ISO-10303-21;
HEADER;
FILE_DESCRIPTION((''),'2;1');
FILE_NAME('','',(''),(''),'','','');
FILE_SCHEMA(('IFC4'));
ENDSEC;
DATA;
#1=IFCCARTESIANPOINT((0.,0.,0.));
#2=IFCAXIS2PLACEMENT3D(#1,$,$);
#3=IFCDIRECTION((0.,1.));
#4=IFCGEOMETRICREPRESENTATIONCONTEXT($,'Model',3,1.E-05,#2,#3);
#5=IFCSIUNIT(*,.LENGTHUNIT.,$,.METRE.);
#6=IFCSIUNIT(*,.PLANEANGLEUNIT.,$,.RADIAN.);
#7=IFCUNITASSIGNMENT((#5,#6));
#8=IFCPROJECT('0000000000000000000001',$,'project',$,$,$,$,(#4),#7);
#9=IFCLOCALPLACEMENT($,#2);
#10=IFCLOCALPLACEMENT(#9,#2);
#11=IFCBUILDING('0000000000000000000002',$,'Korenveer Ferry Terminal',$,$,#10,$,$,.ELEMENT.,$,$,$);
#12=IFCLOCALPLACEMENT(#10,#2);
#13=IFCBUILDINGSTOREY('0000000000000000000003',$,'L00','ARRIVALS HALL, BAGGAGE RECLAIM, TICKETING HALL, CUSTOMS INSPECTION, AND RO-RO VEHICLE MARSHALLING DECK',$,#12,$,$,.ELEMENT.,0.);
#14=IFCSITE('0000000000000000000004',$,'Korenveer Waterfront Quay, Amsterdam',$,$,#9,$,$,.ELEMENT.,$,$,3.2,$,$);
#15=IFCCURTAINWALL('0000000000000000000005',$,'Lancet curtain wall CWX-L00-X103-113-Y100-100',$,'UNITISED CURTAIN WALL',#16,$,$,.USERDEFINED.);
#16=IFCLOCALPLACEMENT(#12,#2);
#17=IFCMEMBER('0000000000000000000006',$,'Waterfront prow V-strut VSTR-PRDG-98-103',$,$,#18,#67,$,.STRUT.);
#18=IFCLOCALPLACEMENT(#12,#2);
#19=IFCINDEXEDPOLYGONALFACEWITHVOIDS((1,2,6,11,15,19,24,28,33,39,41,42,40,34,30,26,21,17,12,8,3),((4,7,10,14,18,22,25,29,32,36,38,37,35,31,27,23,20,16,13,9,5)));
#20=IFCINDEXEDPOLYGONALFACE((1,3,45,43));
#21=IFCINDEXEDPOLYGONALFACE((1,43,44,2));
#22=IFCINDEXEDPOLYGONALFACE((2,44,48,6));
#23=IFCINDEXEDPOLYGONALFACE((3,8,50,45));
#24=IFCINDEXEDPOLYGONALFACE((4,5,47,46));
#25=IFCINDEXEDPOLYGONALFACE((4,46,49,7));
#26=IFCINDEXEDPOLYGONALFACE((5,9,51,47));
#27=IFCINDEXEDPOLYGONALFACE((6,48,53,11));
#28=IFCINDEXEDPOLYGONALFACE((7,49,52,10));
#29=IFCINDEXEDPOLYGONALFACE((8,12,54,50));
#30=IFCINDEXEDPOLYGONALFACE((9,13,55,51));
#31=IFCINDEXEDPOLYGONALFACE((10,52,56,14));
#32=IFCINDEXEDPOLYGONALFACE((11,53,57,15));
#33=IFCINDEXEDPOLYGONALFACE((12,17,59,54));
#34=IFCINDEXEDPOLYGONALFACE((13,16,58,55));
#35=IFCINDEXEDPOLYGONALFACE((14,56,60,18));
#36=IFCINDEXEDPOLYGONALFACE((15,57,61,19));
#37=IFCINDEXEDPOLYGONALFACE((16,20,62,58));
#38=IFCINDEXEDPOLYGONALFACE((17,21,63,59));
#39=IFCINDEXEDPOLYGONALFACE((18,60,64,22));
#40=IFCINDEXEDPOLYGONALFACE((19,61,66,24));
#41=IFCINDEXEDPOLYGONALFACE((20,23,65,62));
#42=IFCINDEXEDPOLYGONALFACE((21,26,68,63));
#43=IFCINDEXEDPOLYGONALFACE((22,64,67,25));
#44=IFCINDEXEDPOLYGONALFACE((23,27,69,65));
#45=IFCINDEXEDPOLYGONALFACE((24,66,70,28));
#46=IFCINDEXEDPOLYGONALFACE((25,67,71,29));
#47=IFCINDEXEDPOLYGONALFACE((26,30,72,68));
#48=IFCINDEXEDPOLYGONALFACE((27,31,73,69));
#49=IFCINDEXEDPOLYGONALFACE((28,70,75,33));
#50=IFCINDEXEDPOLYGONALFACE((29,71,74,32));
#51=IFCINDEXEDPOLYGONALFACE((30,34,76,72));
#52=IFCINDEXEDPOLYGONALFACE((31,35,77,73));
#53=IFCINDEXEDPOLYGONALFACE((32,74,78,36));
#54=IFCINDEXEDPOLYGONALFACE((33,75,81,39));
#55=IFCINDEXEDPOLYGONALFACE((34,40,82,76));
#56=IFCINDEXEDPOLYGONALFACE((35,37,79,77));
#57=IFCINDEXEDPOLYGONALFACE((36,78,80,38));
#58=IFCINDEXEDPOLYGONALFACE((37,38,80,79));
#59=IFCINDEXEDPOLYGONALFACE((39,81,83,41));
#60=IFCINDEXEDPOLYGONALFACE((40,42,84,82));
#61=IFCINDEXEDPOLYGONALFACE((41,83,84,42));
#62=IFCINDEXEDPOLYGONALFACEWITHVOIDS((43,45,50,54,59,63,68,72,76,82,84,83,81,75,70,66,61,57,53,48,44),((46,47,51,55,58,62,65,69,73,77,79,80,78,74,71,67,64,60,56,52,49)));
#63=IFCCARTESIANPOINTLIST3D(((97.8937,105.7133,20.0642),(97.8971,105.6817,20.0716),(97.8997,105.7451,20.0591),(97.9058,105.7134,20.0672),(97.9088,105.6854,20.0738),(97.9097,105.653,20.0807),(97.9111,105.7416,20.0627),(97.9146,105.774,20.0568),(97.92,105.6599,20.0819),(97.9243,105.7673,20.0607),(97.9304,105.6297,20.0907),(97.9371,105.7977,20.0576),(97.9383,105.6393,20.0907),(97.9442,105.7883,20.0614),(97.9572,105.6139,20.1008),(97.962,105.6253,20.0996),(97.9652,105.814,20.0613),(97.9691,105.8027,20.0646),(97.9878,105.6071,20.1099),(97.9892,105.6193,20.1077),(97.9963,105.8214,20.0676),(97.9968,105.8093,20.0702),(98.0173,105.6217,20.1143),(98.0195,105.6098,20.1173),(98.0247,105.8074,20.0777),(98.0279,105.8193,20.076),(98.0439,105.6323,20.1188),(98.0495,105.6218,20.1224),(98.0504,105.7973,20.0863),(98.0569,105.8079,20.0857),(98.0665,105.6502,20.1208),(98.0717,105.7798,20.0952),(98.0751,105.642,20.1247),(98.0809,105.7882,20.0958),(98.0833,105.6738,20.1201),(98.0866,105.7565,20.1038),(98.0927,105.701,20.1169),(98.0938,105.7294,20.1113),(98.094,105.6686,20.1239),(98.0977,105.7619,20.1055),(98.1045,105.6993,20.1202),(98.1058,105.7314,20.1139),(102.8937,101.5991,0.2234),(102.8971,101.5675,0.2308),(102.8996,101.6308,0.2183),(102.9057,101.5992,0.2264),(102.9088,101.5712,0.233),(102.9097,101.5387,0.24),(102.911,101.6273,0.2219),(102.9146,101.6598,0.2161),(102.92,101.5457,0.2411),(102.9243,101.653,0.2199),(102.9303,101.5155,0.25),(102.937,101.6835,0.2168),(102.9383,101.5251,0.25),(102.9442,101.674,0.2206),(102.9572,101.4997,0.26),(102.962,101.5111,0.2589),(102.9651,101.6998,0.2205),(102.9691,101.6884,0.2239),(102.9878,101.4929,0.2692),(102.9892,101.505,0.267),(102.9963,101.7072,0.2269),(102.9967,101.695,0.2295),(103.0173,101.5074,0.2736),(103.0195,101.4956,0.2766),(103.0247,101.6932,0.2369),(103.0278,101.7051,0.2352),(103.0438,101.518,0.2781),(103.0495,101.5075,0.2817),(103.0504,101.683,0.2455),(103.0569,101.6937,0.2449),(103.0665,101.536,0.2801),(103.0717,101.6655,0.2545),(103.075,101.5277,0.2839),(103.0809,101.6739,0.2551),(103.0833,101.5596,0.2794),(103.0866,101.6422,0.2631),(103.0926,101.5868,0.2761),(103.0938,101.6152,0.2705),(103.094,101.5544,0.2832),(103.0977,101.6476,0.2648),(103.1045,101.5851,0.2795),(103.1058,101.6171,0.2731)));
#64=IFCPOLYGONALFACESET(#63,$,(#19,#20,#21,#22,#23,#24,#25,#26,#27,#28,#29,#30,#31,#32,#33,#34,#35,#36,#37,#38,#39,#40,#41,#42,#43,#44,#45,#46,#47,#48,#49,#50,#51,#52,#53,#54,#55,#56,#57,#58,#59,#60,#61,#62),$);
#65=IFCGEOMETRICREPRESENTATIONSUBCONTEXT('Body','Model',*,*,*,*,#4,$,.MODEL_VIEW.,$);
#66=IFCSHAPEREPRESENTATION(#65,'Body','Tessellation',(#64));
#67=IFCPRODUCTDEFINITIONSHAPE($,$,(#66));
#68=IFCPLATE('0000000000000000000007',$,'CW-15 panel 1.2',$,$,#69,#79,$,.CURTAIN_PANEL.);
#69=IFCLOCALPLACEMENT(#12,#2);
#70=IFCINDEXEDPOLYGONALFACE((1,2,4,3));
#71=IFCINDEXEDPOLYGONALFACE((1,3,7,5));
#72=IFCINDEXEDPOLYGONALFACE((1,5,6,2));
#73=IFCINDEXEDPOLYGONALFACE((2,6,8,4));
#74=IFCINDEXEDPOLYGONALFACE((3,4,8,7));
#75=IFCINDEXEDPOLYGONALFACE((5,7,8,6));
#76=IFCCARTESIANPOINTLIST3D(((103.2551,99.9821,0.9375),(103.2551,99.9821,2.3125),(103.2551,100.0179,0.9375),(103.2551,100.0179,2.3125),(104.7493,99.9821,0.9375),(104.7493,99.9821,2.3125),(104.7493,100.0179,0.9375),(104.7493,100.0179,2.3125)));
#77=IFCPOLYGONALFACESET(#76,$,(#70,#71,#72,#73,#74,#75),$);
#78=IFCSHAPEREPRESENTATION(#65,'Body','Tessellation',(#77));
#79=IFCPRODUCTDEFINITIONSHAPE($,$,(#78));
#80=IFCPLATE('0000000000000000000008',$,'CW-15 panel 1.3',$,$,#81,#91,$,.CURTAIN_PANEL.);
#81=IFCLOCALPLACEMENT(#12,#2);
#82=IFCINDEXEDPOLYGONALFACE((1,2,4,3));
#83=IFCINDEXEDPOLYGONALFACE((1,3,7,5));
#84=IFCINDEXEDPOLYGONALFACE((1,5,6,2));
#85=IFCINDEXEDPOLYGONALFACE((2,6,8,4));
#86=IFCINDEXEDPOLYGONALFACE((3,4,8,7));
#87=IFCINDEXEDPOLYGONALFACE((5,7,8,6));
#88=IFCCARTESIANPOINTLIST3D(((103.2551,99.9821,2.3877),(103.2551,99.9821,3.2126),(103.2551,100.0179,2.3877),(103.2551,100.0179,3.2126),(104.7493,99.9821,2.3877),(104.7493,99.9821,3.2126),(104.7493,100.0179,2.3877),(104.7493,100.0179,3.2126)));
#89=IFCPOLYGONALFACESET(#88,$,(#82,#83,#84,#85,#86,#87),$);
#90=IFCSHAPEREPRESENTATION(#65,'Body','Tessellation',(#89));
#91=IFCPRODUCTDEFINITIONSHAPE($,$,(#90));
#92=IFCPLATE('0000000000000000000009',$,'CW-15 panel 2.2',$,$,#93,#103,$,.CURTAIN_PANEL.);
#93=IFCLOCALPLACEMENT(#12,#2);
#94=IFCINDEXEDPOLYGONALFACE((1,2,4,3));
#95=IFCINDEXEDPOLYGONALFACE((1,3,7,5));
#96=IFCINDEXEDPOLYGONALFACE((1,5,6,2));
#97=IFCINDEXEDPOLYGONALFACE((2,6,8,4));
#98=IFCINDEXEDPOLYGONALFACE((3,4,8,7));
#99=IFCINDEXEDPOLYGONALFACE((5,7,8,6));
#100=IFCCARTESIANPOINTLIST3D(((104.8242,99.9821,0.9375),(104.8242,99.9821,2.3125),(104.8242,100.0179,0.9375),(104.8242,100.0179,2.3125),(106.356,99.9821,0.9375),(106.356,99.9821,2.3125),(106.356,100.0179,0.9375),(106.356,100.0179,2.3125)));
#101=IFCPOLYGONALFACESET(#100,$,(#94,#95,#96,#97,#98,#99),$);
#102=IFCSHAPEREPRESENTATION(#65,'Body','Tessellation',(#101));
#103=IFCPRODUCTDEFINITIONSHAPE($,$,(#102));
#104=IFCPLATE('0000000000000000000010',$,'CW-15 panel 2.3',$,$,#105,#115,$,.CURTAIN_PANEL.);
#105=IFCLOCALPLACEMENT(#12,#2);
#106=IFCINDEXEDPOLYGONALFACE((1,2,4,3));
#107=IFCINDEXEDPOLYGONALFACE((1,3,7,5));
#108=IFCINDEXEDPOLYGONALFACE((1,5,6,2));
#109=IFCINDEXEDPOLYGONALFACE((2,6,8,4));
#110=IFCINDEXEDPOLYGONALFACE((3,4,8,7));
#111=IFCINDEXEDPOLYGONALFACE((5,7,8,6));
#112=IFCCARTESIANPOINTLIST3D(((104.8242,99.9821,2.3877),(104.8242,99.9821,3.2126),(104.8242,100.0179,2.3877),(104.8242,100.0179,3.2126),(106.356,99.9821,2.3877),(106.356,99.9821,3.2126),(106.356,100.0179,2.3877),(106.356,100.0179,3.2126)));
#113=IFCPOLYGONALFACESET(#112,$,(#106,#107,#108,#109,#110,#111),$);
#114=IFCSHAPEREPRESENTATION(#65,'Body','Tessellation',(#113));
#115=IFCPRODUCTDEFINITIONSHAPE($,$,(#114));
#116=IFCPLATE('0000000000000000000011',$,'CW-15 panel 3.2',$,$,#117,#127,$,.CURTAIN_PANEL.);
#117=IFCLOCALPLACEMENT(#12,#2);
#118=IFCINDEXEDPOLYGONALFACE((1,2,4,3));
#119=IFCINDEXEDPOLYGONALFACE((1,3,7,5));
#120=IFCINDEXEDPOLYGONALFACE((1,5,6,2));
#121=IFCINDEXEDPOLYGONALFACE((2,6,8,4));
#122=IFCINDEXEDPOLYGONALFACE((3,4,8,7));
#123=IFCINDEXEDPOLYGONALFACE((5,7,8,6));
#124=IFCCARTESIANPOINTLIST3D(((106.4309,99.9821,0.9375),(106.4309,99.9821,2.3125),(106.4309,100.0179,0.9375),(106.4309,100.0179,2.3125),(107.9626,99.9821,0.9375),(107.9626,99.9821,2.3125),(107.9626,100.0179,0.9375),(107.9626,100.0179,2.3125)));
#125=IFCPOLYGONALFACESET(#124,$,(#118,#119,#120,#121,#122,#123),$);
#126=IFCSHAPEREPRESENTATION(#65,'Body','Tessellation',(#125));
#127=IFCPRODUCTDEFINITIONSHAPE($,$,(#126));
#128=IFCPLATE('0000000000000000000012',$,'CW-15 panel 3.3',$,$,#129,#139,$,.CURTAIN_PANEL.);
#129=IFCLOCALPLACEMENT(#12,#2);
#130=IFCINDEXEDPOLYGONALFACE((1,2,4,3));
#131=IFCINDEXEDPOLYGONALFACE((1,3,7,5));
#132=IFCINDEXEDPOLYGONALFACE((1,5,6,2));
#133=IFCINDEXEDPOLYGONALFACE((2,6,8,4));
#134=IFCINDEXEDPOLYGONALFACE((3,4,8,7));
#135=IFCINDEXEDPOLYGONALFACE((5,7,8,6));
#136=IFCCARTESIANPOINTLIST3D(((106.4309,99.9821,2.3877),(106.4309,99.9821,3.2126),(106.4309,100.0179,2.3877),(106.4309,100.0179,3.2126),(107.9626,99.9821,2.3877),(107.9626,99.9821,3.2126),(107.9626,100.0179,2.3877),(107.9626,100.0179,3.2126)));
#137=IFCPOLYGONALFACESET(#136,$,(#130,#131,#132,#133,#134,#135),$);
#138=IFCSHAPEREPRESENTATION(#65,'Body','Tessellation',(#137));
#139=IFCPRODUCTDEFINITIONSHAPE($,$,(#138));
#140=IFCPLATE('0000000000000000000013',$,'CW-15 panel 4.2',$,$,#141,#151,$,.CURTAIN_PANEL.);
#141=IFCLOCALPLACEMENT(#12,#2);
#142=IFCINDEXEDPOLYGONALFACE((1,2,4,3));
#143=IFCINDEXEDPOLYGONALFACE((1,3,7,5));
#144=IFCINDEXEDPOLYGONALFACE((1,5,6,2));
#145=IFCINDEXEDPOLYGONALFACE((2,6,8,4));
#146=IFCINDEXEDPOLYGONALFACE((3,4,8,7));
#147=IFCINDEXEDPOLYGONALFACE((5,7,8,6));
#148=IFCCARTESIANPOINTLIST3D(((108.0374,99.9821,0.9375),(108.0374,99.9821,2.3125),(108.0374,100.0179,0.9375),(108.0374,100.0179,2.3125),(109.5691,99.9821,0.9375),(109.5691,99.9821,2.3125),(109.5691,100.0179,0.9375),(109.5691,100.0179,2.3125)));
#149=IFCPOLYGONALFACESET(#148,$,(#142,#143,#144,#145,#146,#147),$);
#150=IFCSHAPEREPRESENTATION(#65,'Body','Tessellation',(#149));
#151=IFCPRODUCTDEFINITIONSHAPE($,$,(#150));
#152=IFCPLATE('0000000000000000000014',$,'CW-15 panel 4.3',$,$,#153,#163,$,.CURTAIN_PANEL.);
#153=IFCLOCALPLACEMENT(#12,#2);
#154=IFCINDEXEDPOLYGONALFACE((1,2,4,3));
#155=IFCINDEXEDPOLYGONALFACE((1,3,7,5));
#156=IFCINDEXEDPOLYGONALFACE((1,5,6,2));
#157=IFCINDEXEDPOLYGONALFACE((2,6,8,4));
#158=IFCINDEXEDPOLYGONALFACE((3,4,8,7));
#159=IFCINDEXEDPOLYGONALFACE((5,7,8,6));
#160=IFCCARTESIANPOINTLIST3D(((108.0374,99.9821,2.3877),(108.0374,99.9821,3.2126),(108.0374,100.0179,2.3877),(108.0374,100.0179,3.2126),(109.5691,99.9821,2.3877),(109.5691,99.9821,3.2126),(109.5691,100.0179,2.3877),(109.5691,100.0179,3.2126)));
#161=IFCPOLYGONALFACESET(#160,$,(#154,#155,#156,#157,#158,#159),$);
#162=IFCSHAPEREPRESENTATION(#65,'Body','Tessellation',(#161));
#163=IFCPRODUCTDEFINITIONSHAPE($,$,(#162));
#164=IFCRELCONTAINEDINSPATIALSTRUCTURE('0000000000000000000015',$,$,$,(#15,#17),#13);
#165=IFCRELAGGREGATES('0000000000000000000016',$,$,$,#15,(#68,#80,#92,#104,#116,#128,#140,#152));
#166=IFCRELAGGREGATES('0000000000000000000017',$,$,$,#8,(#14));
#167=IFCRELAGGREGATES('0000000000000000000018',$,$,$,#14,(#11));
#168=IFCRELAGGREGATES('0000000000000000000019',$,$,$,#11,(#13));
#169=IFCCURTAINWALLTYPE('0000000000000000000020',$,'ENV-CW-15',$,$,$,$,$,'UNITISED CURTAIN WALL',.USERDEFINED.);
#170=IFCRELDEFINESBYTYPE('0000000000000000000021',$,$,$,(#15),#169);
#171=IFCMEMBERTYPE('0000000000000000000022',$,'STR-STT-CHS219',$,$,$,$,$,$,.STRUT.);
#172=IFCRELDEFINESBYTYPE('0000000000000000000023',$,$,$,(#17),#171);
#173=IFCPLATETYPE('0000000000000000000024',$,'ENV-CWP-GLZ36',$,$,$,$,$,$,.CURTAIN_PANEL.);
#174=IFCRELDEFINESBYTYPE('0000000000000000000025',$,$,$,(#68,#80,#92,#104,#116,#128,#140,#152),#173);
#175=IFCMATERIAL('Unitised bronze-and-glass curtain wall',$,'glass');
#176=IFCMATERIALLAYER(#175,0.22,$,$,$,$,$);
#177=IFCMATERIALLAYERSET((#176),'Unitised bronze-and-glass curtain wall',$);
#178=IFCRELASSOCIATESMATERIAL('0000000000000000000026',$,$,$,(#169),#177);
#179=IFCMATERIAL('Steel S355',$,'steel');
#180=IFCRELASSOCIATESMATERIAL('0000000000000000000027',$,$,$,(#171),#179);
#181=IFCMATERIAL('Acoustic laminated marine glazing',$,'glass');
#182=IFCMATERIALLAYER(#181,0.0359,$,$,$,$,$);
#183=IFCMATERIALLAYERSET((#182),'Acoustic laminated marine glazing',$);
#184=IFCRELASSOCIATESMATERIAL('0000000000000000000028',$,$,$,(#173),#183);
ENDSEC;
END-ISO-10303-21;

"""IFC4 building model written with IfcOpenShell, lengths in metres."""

from ifc_helpers import new_model, si_unit, direction, frame, origin, origin_2d, place, context, subcontext, project, spatial, rectangle, hollow_circle, extrude, material, layer, layer_set, material_profile, profile_set, type_object, element, aggregate, save


model = new_model("IFC4")

# Units and contexts
model_context = context("Model", 3, precision=1e-05, world=origin(), true_north=direction((0.0, 1.0)))
body_context = subcontext(model_context, "Body", "Model", "MODEL_VIEW")
ifc_project = project(units=[si_unit("LENGTHUNIT", "METRE"), si_unit("PLANEANGLEUNIT", "RADIAN")], contexts=[model_context])

# Site, building, storey
site_placement = place(None, origin())
site = spatial("IfcSite", under=ifc_project, at=site_placement, Name="Korenveer Waterfront Quay, Amsterdam", CompositionType="ELEMENT", RefElevation=3.2)
building_placement = place(site_placement, origin())
building = spatial("IfcBuilding", under=site, at=building_placement, Name="Korenveer Ferry Terminal", CompositionType="ELEMENT")
storey_placement = place(building_placement, origin())
storey = spatial("IfcBuildingStorey", under=building, at=storey_placement, Name="L00", Description="ARRIVALS HALL, BAGGAGE RECLAIM, TICKETING HALL, CUSTOMS INSPECTION, AND RO-RO VEHICLE MARSHALLING DECK", CompositionType="ELEMENT", Elevation=0.0)

# Curtain wall
ifc_material_1 = material(Name="Unitised bronze-and-glass curtain wall", Category="glass")
ifc_layer_1 = layer(ifc_material_1, 0.22)
ifc_layer_set_1 = layer_set([ifc_layer_1], Name="Unitised bronze-and-glass curtain wall")
curtain_wall_type = type_object("IfcCurtainWallType", Name="ENV-CW-15", ElementType="UNITISED CURTAIN WALL", PredefinedType="USERDEFINED", material=ifc_layer_set_1)
curtain_wall_placement = place(storey_placement, frame((103.1799, 100.0, 0.0)))
curtain_wall = element("IfcCurtainWall", 1, at=curtain_wall_placement, inside=storey, type_object=curtain_wall_type, Name="Lancet curtain wall CWX-L00-X103-113-Y100-100", ObjectType="UNITISED CURTAIN WALL", PredefinedType="USERDEFINED")

# Member
ifc_material_2 = material(Name="Steel S355", Category="steel")
ifc_material_profile_1 = material_profile(ifc_material_2, hollow_circle(Radius=0.1096, WallThickness=0.0125, at=origin_2d()), Name="CHS 219.1x12.5")
ifc_profile_set_1 = profile_set([ifc_material_profile_1], Name="Steel S355")
member_type_1 = type_object("IfcMemberType", Name="STR-STT-CHS219", PredefinedType="STRUT", material=ifc_profile_set_1)
member_1_placement = place(storey_placement, frame((103.0, 101.6001, 0.25), z_axis=(-0.239571, 0.197131, 0.950655), x_axis=(-0.635395, -0.772187, 0.0)))
element("IfcMember", 2, at=member_1_placement, inside=storey, type_object=member_type_1, Name="Waterfront prow V-strut VSTR-PRDG-98-103", PredefinedType="STRUT", context=body_context, shape_type="SweptSolid", body=[
    extrude(hollow_circle(Radius=0.1096, WallThickness=0.0125, at=origin_2d()), origin(), (0.0, 0.0, 1.0), 20.8706),
])

# Plates
ifc_material_3 = material(Name="Acoustic laminated marine glazing", Category="glass")
ifc_layer_2 = layer(ifc_material_3, 0.0359)
ifc_layer_set_2 = layer_set([ifc_layer_2], Name="Acoustic laminated marine glazing")
plate_type = type_object("IfcPlateType", Name="ENV-CWP-GLZ36", PredefinedType="CURTAIN_PANEL", material=ifc_layer_set_2)
plate_1_placement = place(storey_placement, frame((104.0022, 100.0, 0.9375), z_axis=(0.0, 0.0, 1.0), x_axis=(1.0, 0.0, 0.0)))
plate_1 = element("IfcPlate", 3, at=plate_1_placement, type_object=plate_type, Name="CW-15 panel 1.2", PredefinedType="CURTAIN_PANEL", context=body_context, shape_type="SweptSolid", body=[
    extrude(rectangle(XDim=1.4941, YDim=0.0359, at=origin_2d()), origin(), (0.0, 0.0, 1.0), 1.375),
])
plate_2_placement = place(storey_placement, frame((104.0022, 100.0, 2.3877), z_axis=(0.0, 0.0, 1.0), x_axis=(1.0, 0.0, 0.0)))
plate_2 = element("IfcPlate", 4, at=plate_2_placement, type_object=plate_type, Name="CW-15 panel 1.3", PredefinedType="CURTAIN_PANEL", context=body_context, shape_type="SweptSolid", body=[
    extrude(rectangle(XDim=1.4941, YDim=0.0359, at=origin_2d()), origin(), (0.0, 0.0, 1.0), 0.825),
])
plate_3_placement = place(storey_placement, frame((105.5901, 100.0, 0.9375), z_axis=(0.0, 0.0, 1.0), x_axis=(1.0, 0.0, 0.0)))
plate_3 = element("IfcPlate", 5, at=plate_3_placement, type_object=plate_type, Name="CW-15 panel 2.2", PredefinedType="CURTAIN_PANEL", context=body_context, shape_type="SweptSolid", body=[
    extrude(rectangle(XDim=1.5317, YDim=0.0359, at=origin_2d()), origin(), (0.0, 0.0, 1.0), 1.375),
])
plate_4_placement = place(storey_placement, frame((105.5901, 100.0, 2.3877), z_axis=(0.0, 0.0, 1.0), x_axis=(1.0, 0.0, 0.0)))
plate_4 = element("IfcPlate", 6, at=plate_4_placement, type_object=plate_type, Name="CW-15 panel 2.3", PredefinedType="CURTAIN_PANEL", context=body_context, shape_type="SweptSolid", body=[
    extrude(rectangle(XDim=1.5317, YDim=0.0359, at=origin_2d()), origin(), (0.0, 0.0, 1.0), 0.825),
])
plate_5_placement = place(storey_placement, frame((107.1968, 100.0, 0.9375), z_axis=(0.0, 0.0, 1.0), x_axis=(1.0, 0.0, 0.0)))
plate_5 = element("IfcPlate", 7, at=plate_5_placement, type_object=plate_type, Name="CW-15 panel 3.2", PredefinedType="CURTAIN_PANEL", context=body_context, shape_type="SweptSolid", body=[
    extrude(rectangle(XDim=1.5317, YDim=0.0359, at=origin_2d()), origin(), (0.0, 0.0, 1.0), 1.375),
])
plate_6_placement = place(storey_placement, frame((107.1968, 100.0, 2.3877), z_axis=(0.0, 0.0, 1.0), x_axis=(1.0, 0.0, 0.0)))
plate_6 = element("IfcPlate", 8, at=plate_6_placement, type_object=plate_type, Name="CW-15 panel 3.3", PredefinedType="CURTAIN_PANEL", context=body_context, shape_type="SweptSolid", body=[
    extrude(rectangle(XDim=1.5317, YDim=0.0359, at=origin_2d()), origin(), (0.0, 0.0, 1.0), 0.825),
])
plate_7_placement = place(storey_placement, frame((108.8032, 100.0, 0.9375), z_axis=(0.0, 0.0, 1.0), x_axis=(1.0, 0.0, 0.0)))
plate_7 = element("IfcPlate", 9, at=plate_7_placement, type_object=plate_type, Name="CW-15 panel 4.2", PredefinedType="CURTAIN_PANEL", context=body_context, shape_type="SweptSolid", body=[
    extrude(rectangle(XDim=1.5317, YDim=0.0359, at=origin_2d()), origin(), (0.0, 0.0, 1.0), 1.375),
])
plate_8_placement = place(storey_placement, frame((108.8032, 100.0, 2.3877), z_axis=(0.0, 0.0, 1.0), x_axis=(1.0, 0.0, 0.0)))
plate_8 = element("IfcPlate", 10, at=plate_8_placement, type_object=plate_type, Name="CW-15 panel 4.3", PredefinedType="CURTAIN_PANEL", context=body_context, shape_type="SweptSolid", body=[
    extrude(rectangle(XDim=1.5317, YDim=0.0359, at=origin_2d()), origin(), (0.0, 0.0, 1.0), 0.825),
])
aggregate(curtain_wall, [plate_1, plate_2, plate_3, plate_4, plate_5, plate_6, plate_7, plate_8])

save(model, "model.ifc")
